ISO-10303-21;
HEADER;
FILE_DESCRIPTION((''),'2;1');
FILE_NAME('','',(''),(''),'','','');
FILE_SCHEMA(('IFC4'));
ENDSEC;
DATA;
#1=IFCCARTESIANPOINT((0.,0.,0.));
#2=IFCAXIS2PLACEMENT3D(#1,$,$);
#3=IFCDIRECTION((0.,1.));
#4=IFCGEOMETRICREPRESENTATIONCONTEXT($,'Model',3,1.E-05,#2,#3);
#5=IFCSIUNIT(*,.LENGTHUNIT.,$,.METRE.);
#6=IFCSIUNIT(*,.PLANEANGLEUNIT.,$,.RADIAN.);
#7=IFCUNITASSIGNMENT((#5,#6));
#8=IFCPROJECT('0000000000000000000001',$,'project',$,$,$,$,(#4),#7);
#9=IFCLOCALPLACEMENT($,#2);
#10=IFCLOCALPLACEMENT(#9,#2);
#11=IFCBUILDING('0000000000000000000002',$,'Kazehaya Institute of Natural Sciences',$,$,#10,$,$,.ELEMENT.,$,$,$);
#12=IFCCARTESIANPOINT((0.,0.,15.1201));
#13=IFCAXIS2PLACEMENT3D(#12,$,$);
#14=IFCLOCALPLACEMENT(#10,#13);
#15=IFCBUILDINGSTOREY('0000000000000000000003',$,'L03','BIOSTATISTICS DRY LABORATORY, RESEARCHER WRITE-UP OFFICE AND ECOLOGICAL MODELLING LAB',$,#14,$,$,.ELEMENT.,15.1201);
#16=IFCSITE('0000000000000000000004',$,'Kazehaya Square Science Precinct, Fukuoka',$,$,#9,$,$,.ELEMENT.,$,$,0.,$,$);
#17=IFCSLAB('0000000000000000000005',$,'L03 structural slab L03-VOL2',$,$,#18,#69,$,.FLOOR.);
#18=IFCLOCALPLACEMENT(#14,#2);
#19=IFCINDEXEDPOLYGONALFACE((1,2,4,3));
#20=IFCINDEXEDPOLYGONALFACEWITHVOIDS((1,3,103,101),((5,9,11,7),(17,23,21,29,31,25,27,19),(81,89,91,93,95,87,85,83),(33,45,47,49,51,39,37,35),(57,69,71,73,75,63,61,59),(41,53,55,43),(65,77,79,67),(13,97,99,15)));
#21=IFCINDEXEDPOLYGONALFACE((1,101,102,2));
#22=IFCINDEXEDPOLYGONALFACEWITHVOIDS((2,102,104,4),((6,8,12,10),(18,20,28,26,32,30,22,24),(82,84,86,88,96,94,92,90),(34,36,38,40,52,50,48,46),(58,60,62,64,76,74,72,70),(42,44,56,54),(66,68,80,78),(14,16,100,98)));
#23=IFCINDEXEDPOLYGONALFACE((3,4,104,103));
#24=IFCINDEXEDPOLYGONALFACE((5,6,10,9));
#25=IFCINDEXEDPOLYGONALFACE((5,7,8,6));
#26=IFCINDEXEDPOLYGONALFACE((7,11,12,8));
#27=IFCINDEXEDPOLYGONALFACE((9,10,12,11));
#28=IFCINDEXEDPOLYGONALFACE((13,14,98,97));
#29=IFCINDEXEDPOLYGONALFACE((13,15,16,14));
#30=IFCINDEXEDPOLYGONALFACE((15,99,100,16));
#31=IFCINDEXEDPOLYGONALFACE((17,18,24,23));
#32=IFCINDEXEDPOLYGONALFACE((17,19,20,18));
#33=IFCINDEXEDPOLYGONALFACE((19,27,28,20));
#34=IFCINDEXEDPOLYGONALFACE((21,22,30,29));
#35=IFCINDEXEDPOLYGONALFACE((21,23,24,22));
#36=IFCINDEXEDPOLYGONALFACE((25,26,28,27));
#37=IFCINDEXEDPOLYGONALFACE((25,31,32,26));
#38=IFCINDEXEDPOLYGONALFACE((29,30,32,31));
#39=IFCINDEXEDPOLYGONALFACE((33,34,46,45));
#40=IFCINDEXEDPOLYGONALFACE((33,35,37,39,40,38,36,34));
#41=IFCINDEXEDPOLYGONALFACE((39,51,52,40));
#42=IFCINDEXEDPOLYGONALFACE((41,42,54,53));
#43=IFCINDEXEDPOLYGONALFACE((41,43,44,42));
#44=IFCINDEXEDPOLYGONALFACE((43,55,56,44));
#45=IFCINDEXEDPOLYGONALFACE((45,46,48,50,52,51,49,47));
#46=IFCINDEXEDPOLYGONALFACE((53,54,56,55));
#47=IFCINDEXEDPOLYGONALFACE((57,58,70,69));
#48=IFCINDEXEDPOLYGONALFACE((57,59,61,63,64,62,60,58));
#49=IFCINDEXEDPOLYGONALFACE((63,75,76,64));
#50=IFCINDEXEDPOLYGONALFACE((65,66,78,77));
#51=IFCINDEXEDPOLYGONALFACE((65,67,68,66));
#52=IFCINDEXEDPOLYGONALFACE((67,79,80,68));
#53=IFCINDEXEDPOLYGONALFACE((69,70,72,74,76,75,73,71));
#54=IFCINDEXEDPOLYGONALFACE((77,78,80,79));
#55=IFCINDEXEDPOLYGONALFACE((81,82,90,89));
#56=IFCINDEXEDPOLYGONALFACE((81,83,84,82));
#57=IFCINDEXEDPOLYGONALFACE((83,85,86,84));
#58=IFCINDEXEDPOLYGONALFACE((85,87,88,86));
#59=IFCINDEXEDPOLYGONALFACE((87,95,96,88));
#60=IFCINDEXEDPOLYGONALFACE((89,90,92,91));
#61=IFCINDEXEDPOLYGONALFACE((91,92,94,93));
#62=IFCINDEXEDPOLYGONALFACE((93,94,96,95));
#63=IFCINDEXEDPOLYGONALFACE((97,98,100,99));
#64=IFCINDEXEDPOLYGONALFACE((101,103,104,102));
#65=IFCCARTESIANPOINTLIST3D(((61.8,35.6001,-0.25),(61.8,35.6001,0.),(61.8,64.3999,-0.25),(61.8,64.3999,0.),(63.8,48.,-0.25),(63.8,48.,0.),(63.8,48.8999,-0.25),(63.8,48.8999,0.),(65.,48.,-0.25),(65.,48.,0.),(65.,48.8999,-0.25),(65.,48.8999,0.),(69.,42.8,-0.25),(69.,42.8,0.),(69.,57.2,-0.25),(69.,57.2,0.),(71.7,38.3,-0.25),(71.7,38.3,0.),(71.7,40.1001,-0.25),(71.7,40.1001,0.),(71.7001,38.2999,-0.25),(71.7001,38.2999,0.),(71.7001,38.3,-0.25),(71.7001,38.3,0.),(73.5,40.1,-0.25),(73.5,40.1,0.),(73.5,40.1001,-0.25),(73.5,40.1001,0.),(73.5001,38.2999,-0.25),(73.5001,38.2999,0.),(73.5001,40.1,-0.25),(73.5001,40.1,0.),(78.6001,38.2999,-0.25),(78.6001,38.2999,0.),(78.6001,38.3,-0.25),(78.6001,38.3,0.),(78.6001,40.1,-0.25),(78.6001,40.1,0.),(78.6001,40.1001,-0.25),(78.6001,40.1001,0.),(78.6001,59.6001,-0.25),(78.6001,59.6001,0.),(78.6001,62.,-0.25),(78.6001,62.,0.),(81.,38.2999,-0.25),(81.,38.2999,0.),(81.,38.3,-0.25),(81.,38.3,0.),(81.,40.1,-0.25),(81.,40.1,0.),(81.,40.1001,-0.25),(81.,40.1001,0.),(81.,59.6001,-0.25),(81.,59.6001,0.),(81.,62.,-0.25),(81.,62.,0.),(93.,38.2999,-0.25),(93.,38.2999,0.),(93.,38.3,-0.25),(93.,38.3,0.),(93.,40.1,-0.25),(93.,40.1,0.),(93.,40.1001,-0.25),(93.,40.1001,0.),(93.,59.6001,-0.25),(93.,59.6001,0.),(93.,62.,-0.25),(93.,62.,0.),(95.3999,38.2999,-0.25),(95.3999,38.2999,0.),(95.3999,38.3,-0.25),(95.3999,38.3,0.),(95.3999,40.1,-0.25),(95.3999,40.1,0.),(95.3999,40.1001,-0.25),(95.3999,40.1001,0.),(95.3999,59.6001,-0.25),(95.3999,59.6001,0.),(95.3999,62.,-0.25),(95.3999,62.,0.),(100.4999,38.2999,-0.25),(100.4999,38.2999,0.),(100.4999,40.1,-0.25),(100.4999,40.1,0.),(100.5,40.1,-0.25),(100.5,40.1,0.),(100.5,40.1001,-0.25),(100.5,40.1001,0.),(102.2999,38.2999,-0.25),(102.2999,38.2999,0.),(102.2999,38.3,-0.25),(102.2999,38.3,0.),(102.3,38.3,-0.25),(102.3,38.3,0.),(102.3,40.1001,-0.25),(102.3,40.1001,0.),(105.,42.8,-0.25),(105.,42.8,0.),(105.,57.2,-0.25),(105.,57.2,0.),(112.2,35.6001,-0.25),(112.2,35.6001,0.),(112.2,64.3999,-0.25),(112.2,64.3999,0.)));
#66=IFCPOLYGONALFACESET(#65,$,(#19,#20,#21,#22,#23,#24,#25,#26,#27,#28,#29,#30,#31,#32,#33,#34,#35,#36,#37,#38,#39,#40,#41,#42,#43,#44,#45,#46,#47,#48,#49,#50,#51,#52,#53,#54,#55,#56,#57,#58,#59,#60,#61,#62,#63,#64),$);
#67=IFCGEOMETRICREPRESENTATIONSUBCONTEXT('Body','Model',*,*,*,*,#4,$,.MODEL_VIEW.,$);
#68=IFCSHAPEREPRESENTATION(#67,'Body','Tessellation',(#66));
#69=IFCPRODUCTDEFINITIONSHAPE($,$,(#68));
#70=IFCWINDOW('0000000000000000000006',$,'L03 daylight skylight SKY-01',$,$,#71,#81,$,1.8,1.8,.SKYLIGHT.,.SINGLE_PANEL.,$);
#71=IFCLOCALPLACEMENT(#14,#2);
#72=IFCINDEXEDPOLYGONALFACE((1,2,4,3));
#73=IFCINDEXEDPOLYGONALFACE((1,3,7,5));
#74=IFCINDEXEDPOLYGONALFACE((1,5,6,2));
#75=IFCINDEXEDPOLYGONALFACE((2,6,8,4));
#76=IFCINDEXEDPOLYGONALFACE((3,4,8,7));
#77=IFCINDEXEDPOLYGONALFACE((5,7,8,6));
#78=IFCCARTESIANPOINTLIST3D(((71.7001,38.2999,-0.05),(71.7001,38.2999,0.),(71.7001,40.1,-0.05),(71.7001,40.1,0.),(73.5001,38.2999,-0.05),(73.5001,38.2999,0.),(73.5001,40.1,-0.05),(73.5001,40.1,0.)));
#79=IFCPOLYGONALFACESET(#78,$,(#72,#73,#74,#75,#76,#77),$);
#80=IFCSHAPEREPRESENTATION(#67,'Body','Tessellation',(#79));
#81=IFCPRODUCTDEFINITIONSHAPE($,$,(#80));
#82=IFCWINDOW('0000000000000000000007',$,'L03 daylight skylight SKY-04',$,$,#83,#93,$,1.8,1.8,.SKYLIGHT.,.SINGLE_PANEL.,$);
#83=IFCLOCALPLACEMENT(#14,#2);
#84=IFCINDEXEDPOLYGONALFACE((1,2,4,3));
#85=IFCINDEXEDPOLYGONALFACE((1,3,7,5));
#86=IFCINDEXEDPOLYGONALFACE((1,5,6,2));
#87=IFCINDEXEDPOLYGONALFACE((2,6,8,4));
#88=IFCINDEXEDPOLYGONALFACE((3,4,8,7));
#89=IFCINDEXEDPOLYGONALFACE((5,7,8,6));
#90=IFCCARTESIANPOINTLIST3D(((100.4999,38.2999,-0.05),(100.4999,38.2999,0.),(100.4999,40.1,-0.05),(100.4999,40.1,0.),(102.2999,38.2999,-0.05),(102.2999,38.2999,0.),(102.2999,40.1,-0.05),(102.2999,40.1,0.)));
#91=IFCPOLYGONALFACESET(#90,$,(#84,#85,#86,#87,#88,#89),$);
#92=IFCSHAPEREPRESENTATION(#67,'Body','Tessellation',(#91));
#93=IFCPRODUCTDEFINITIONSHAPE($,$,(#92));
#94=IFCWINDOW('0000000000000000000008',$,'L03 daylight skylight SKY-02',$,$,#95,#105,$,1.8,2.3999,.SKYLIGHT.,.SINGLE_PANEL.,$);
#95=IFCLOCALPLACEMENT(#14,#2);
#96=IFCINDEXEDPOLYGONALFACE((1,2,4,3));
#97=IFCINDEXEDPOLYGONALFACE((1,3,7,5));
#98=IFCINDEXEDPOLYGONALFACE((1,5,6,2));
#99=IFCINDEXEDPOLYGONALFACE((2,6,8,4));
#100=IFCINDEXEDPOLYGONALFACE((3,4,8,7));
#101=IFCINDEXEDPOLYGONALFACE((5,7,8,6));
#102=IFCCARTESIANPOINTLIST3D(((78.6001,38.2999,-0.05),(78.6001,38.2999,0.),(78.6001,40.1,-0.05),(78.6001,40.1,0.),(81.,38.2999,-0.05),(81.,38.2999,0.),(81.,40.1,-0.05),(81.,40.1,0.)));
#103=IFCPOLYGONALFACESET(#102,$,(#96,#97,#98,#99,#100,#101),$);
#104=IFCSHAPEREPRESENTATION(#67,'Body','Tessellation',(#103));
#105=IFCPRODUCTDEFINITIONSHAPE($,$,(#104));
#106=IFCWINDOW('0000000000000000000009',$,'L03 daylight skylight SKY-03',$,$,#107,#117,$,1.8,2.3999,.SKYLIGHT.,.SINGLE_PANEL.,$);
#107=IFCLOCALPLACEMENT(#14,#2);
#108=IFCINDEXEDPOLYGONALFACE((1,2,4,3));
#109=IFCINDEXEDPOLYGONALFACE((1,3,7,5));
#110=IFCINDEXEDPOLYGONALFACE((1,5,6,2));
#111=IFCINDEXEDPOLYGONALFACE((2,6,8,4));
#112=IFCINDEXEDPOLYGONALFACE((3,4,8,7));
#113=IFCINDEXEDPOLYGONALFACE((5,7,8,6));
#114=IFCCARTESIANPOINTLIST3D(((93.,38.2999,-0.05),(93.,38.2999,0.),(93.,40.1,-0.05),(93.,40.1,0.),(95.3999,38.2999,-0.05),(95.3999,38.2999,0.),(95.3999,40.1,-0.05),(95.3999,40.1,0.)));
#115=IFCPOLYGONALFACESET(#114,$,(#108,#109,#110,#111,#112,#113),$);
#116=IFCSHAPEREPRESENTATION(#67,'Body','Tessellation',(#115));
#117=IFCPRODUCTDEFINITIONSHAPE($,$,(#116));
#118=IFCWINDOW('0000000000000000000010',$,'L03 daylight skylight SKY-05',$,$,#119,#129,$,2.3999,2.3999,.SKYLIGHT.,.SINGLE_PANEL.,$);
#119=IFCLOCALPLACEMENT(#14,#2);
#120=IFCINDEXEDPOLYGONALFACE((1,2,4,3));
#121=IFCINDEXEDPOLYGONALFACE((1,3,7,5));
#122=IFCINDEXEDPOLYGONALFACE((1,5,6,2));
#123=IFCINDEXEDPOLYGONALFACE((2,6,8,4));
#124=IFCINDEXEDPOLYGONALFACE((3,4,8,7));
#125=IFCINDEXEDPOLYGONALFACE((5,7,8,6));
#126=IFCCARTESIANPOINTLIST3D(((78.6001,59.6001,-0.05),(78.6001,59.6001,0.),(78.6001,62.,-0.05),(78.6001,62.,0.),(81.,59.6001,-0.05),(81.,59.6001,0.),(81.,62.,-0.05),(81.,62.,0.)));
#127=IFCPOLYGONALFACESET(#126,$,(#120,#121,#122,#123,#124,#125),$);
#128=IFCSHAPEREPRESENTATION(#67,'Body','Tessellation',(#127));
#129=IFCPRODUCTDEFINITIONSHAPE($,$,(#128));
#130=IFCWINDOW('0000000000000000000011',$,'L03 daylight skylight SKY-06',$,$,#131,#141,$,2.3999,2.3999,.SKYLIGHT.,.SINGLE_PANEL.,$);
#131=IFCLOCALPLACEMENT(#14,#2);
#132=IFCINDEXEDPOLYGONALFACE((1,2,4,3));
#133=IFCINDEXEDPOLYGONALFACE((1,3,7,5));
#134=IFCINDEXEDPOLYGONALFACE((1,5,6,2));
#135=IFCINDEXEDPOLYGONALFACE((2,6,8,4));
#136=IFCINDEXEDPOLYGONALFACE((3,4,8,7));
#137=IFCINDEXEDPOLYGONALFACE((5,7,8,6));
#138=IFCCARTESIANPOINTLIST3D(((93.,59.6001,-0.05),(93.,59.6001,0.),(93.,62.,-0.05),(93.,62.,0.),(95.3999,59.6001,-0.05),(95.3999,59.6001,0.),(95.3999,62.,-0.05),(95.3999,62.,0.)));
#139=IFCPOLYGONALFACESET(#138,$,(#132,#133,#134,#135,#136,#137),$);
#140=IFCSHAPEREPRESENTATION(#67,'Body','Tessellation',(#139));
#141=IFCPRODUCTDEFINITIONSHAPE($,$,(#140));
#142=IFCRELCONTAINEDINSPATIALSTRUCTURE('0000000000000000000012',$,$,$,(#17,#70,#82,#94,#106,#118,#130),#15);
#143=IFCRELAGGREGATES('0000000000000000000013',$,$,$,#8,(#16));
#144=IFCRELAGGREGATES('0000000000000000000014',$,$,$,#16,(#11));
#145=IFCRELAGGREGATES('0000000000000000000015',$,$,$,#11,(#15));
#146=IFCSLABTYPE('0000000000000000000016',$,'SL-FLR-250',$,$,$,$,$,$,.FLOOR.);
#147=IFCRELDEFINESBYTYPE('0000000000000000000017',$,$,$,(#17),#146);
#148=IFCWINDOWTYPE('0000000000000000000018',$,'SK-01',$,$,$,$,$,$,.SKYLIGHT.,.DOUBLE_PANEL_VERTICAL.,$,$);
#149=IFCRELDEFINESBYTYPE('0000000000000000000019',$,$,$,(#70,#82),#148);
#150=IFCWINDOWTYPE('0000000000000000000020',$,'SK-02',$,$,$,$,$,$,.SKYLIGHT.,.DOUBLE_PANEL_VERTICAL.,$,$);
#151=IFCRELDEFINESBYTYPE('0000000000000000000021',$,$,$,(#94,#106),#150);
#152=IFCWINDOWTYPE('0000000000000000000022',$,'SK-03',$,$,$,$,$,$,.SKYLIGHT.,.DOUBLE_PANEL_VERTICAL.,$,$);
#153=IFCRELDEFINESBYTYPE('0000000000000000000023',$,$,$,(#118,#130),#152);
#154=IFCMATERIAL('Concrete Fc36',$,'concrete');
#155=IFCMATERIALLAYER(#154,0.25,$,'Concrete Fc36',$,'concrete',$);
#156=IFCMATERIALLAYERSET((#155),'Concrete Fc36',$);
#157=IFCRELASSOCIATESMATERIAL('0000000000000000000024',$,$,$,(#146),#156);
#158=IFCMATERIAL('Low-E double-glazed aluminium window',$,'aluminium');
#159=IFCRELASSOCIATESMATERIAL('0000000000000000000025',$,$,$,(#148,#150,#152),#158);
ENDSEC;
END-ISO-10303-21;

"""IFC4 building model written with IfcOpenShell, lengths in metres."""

from ifc_helpers import new_model, si_unit, direction, frame, origin, origin_2d, place, context, subcontext, project, spatial, polyline, rectangle, outline, extrude, material, layer, layer_set, type_object, element, fill, save


model = new_model("IFC4")

# Units and contexts
model_context = context("Model", 3, precision=1e-05, world=origin(), true_north=direction((0.0, 1.0)))
body_context = subcontext(model_context, "Body", "Model", "MODEL_VIEW")
ifc_project = project(units=[si_unit("LENGTHUNIT", "METRE"), si_unit("PLANEANGLEUNIT", "RADIAN")], contexts=[model_context])

# Site, building, storey
site_placement = place(None, origin())
site = spatial("IfcSite", under=ifc_project, at=site_placement, Name="Kazehaya Square Science Precinct, Fukuoka", CompositionType="ELEMENT", RefElevation=0.0)
building_placement = place(site_placement, origin())
building = spatial("IfcBuilding", under=site, at=building_placement, Name="Kazehaya Institute of Natural Sciences", CompositionType="ELEMENT")
storey_placement = place(building_placement, frame((0.0, 0.0, 15.1201)))
storey = spatial("IfcBuildingStorey", under=building, at=storey_placement, Name="L03", Description="BIOSTATISTICS DRY LABORATORY, RESEARCHER WRITE-UP OFFICE AND ECOLOGICAL MODELLING LAB", CompositionType="ELEMENT", Elevation=15.1201)

# Shared definitions
ifc_material_1 = material(Name="Concrete Fc36", Category="concrete")

# Slab, openings, windows
ifc_layer_1 = layer(ifc_material_1, 0.25, Name="Concrete Fc36", Category="concrete")
ifc_layer_set_1 = layer_set([ifc_layer_1], Name="Concrete Fc36")
slab_type_1 = type_object("IfcSlabType", Name="SL-FLR-250", PredefinedType="FLOOR", material=ifc_layer_set_1)
slab_1_placement = place(storey_placement, frame((0.0, 0.0, -0.25)))
slab_1 = element("IfcSlab", 1, at=slab_1_placement, inside=storey, type_object=slab_type_1, Name="L03 structural slab L03-VOL2", PredefinedType="FLOOR", context=body_context, shape_type="SweptSolid", body=[
    extrude(outline(polyline([(61.8, 35.6001), (112.2, 35.6001), (112.2, 64.3999), (61.8, 64.3999), (61.8, 35.6001)]), holes=[polyline([(63.8, 48.0), (65.0, 48.0), (65.0, 48.8999), (63.8, 48.8999), (63.8, 48.0)]), polyline([(69.0, 42.8), (105.0, 42.8), (105.0, 57.2), (69.0, 57.2), (69.0, 42.8)]), polyline([(71.7, 38.3), (73.5, 38.3), (73.5, 40.1001), (71.7, 40.1001), (71.7, 38.3)]), polyline([(78.6001, 38.3), (81.0, 38.3), (81.0, 40.1001), (78.6001, 40.1001), (78.6001, 38.3)]), polyline([(93.0, 38.3), (95.3999, 38.3), (95.3999, 40.1001), (93.0, 40.1001), (93.0, 38.3)]), polyline([(100.5, 38.3), (102.3, 38.3), (102.3, 40.1001), (100.5, 40.1001), (100.5, 38.3)]), polyline([(78.6001, 59.6001), (81.0, 59.6001), (81.0, 62.0), (78.6001, 62.0), (78.6001, 59.6001)]), polyline([(93.0, 59.6001), (95.3999, 59.6001), (95.3999, 62.0), (93.0, 62.0), (93.0, 59.6001)])]), origin(), (0.0, 0.0, 1.0), 0.25),
])
opening_1_placement = place(slab_1_placement, frame((72.6001, 39.2, 0.0)))
opening_1 = element("IfcOpeningElement", 2, at=opening_1_placement, cuts=slab_1, PredefinedType="OPENING", context=body_context, shape_type="SweptSolid", body=[
    extrude(rectangle(XDim=1.8, YDim=1.8, at=origin_2d()), frame((0.0, 0.0, -0.01)), (0.0, 0.0, 1.0), 0.27),
])
opening_2_placement = place(slab_1_placement, frame((79.8, 39.2, 0.0)))
opening_2 = element("IfcOpeningElement", 3, at=opening_2_placement, cuts=slab_1, PredefinedType="OPENING", context=body_context, shape_type="SweptSolid", body=[
    extrude(rectangle(XDim=2.3999, YDim=1.8, at=origin_2d()), frame((0.0, 0.0, -0.01)), (0.0, 0.0, 1.0), 0.27),
])
opening_3_placement = place(slab_1_placement, frame((94.2, 39.2, 0.0)))
opening_3 = element("IfcOpeningElement", 4, at=opening_3_placement, cuts=slab_1, PredefinedType="OPENING", context=body_context, shape_type="SweptSolid", body=[
    extrude(rectangle(XDim=2.3999, YDim=1.8, at=origin_2d()), frame((0.0, 0.0, -0.01)), (0.0, 0.0, 1.0), 0.27),
])
opening_4_placement = place(slab_1_placement, frame((101.3999, 39.2, 0.0)))
opening_4 = element("IfcOpeningElement", 5, at=opening_4_placement, cuts=slab_1, PredefinedType="OPENING", context=body_context, shape_type="SweptSolid", body=[
    extrude(rectangle(XDim=1.8, YDim=1.8, at=origin_2d()), frame((0.0, 0.0, -0.01)), (0.0, 0.0, 1.0), 0.27),
])
opening_5_placement = place(slab_1_placement, frame((79.8, 60.8, 0.0)))
opening_5 = element("IfcOpeningElement", 6, at=opening_5_placement, cuts=slab_1, PredefinedType="OPENING", context=body_context, shape_type="SweptSolid", body=[
    extrude(rectangle(XDim=2.3999, YDim=2.3999, at=origin_2d()), frame((0.0, 0.0, -0.01)), (0.0, 0.0, 1.0), 0.27),
])
opening_6_placement = place(slab_1_placement, frame((94.2, 60.8, 0.0)))
opening_6 = element("IfcOpeningElement", 7, at=opening_6_placement, cuts=slab_1, PredefinedType="OPENING", context=body_context, shape_type="SweptSolid", body=[
    extrude(rectangle(XDim=2.3999, YDim=2.3999, at=origin_2d()), frame((0.0, 0.0, -0.01)), (0.0, 0.0, 1.0), 0.27),
])
ifc_material_2 = material(Name="Low-E double-glazed aluminium window", Category="aluminium")
window_type_1 = type_object("IfcWindowType", Name="SK-01", PartitioningType="DOUBLE_PANEL_VERTICAL", PredefinedType="SKYLIGHT", material=ifc_material_2)
window_1_placement = place(opening_1_placement, frame((0.0, 0.0, 0.2)))
window_1 = element("IfcWindow", 8, at=window_1_placement, inside=storey, type_object=window_type_1, Name="L03 daylight skylight SKY-01", OverallHeight=1.8, OverallWidth=1.8, PartitioningType="SINGLE_PANEL", PredefinedType="SKYLIGHT", context=body_context, shape_type="SweptSolid", body=[
    extrude(rectangle(XDim=1.8, YDim=1.8, at=origin_2d()), origin(), (0.0, 0.0, 1.0), 0.05),
])
fill(opening_1, window_1)
window_2_placement = place(opening_4_placement, frame((0.0, 0.0, 0.2)))
window_2 = element("IfcWindow", 9, at=window_2_placement, inside=storey, type_object=window_type_1, Name="L03 daylight skylight SKY-04", OverallHeight=1.8, OverallWidth=1.8, PartitioningType="SINGLE_PANEL", PredefinedType="SKYLIGHT", context=body_context, shape_type="SweptSolid", body=[
    extrude(rectangle(XDim=1.8, YDim=1.8, at=origin_2d()), origin(), (0.0, 0.0, 1.0), 0.05),
])
fill(opening_4, window_2)
window_type_2 = type_object("IfcWindowType", Name="SK-02", PartitioningType="DOUBLE_PANEL_VERTICAL", PredefinedType="SKYLIGHT", material=ifc_material_2)
window_3_placement = place(opening_2_placement, frame((0.0, 0.0, 0.2)))
window_3 = element("IfcWindow", 10, at=window_3_placement, inside=storey, type_object=window_type_2, Name="L03 daylight skylight SKY-02", OverallHeight=1.8, OverallWidth=2.3999, PartitioningType="SINGLE_PANEL", PredefinedType="SKYLIGHT", context=body_context, shape_type="SweptSolid", body=[
    extrude(rectangle(XDim=2.3999, YDim=1.8, at=origin_2d()), origin(), (0.0, 0.0, 1.0), 0.05),
])
fill(opening_2, window_3)
window_4_placement = place(opening_3_placement, frame((0.0, 0.0, 0.2)))
window_4 = element("IfcWindow", 11, at=window_4_placement, inside=storey, type_object=window_type_2, Name="L03 daylight skylight SKY-03", OverallHeight=1.8, OverallWidth=2.3999, PartitioningType="SINGLE_PANEL", PredefinedType="SKYLIGHT", context=body_context, shape_type="SweptSolid", body=[
    extrude(rectangle(XDim=2.3999, YDim=1.8, at=origin_2d()), origin(), (0.0, 0.0, 1.0), 0.05),
])
fill(opening_3, window_4)
window_type_3 = type_object("IfcWindowType", Name="SK-03", PartitioningType="DOUBLE_PANEL_VERTICAL", PredefinedType="SKYLIGHT", material=ifc_material_2)
window_5_placement = place(opening_5_placement, frame((0.0, 0.0, 0.2)))
window_5 = element("IfcWindow", 12, at=window_5_placement, inside=storey, type_object=window_type_3, Name="L03 daylight skylight SKY-05", OverallHeight=2.3999, OverallWidth=2.3999, PartitioningType="SINGLE_PANEL", PredefinedType="SKYLIGHT", context=body_context, shape_type="SweptSolid", body=[
    extrude(rectangle(XDim=2.3999, YDim=2.3999, at=origin_2d()), origin(), (0.0, 0.0, 1.0), 0.05),
])
fill(opening_5, window_5)
window_6_placement = place(opening_6_placement, frame((0.0, 0.0, 0.2)))
window_6 = element("IfcWindow", 13, at=window_6_placement, inside=storey, type_object=window_type_3, Name="L03 daylight skylight SKY-06", OverallHeight=2.3999, OverallWidth=2.3999, PartitioningType="SINGLE_PANEL", PredefinedType="SKYLIGHT", context=body_context, shape_type="SweptSolid", body=[
    extrude(rectangle(XDim=2.3999, YDim=2.3999, at=origin_2d()), origin(), (0.0, 0.0, 1.0), 0.05),
])
fill(opening_6, window_6)

save(model, "model.ifc")
